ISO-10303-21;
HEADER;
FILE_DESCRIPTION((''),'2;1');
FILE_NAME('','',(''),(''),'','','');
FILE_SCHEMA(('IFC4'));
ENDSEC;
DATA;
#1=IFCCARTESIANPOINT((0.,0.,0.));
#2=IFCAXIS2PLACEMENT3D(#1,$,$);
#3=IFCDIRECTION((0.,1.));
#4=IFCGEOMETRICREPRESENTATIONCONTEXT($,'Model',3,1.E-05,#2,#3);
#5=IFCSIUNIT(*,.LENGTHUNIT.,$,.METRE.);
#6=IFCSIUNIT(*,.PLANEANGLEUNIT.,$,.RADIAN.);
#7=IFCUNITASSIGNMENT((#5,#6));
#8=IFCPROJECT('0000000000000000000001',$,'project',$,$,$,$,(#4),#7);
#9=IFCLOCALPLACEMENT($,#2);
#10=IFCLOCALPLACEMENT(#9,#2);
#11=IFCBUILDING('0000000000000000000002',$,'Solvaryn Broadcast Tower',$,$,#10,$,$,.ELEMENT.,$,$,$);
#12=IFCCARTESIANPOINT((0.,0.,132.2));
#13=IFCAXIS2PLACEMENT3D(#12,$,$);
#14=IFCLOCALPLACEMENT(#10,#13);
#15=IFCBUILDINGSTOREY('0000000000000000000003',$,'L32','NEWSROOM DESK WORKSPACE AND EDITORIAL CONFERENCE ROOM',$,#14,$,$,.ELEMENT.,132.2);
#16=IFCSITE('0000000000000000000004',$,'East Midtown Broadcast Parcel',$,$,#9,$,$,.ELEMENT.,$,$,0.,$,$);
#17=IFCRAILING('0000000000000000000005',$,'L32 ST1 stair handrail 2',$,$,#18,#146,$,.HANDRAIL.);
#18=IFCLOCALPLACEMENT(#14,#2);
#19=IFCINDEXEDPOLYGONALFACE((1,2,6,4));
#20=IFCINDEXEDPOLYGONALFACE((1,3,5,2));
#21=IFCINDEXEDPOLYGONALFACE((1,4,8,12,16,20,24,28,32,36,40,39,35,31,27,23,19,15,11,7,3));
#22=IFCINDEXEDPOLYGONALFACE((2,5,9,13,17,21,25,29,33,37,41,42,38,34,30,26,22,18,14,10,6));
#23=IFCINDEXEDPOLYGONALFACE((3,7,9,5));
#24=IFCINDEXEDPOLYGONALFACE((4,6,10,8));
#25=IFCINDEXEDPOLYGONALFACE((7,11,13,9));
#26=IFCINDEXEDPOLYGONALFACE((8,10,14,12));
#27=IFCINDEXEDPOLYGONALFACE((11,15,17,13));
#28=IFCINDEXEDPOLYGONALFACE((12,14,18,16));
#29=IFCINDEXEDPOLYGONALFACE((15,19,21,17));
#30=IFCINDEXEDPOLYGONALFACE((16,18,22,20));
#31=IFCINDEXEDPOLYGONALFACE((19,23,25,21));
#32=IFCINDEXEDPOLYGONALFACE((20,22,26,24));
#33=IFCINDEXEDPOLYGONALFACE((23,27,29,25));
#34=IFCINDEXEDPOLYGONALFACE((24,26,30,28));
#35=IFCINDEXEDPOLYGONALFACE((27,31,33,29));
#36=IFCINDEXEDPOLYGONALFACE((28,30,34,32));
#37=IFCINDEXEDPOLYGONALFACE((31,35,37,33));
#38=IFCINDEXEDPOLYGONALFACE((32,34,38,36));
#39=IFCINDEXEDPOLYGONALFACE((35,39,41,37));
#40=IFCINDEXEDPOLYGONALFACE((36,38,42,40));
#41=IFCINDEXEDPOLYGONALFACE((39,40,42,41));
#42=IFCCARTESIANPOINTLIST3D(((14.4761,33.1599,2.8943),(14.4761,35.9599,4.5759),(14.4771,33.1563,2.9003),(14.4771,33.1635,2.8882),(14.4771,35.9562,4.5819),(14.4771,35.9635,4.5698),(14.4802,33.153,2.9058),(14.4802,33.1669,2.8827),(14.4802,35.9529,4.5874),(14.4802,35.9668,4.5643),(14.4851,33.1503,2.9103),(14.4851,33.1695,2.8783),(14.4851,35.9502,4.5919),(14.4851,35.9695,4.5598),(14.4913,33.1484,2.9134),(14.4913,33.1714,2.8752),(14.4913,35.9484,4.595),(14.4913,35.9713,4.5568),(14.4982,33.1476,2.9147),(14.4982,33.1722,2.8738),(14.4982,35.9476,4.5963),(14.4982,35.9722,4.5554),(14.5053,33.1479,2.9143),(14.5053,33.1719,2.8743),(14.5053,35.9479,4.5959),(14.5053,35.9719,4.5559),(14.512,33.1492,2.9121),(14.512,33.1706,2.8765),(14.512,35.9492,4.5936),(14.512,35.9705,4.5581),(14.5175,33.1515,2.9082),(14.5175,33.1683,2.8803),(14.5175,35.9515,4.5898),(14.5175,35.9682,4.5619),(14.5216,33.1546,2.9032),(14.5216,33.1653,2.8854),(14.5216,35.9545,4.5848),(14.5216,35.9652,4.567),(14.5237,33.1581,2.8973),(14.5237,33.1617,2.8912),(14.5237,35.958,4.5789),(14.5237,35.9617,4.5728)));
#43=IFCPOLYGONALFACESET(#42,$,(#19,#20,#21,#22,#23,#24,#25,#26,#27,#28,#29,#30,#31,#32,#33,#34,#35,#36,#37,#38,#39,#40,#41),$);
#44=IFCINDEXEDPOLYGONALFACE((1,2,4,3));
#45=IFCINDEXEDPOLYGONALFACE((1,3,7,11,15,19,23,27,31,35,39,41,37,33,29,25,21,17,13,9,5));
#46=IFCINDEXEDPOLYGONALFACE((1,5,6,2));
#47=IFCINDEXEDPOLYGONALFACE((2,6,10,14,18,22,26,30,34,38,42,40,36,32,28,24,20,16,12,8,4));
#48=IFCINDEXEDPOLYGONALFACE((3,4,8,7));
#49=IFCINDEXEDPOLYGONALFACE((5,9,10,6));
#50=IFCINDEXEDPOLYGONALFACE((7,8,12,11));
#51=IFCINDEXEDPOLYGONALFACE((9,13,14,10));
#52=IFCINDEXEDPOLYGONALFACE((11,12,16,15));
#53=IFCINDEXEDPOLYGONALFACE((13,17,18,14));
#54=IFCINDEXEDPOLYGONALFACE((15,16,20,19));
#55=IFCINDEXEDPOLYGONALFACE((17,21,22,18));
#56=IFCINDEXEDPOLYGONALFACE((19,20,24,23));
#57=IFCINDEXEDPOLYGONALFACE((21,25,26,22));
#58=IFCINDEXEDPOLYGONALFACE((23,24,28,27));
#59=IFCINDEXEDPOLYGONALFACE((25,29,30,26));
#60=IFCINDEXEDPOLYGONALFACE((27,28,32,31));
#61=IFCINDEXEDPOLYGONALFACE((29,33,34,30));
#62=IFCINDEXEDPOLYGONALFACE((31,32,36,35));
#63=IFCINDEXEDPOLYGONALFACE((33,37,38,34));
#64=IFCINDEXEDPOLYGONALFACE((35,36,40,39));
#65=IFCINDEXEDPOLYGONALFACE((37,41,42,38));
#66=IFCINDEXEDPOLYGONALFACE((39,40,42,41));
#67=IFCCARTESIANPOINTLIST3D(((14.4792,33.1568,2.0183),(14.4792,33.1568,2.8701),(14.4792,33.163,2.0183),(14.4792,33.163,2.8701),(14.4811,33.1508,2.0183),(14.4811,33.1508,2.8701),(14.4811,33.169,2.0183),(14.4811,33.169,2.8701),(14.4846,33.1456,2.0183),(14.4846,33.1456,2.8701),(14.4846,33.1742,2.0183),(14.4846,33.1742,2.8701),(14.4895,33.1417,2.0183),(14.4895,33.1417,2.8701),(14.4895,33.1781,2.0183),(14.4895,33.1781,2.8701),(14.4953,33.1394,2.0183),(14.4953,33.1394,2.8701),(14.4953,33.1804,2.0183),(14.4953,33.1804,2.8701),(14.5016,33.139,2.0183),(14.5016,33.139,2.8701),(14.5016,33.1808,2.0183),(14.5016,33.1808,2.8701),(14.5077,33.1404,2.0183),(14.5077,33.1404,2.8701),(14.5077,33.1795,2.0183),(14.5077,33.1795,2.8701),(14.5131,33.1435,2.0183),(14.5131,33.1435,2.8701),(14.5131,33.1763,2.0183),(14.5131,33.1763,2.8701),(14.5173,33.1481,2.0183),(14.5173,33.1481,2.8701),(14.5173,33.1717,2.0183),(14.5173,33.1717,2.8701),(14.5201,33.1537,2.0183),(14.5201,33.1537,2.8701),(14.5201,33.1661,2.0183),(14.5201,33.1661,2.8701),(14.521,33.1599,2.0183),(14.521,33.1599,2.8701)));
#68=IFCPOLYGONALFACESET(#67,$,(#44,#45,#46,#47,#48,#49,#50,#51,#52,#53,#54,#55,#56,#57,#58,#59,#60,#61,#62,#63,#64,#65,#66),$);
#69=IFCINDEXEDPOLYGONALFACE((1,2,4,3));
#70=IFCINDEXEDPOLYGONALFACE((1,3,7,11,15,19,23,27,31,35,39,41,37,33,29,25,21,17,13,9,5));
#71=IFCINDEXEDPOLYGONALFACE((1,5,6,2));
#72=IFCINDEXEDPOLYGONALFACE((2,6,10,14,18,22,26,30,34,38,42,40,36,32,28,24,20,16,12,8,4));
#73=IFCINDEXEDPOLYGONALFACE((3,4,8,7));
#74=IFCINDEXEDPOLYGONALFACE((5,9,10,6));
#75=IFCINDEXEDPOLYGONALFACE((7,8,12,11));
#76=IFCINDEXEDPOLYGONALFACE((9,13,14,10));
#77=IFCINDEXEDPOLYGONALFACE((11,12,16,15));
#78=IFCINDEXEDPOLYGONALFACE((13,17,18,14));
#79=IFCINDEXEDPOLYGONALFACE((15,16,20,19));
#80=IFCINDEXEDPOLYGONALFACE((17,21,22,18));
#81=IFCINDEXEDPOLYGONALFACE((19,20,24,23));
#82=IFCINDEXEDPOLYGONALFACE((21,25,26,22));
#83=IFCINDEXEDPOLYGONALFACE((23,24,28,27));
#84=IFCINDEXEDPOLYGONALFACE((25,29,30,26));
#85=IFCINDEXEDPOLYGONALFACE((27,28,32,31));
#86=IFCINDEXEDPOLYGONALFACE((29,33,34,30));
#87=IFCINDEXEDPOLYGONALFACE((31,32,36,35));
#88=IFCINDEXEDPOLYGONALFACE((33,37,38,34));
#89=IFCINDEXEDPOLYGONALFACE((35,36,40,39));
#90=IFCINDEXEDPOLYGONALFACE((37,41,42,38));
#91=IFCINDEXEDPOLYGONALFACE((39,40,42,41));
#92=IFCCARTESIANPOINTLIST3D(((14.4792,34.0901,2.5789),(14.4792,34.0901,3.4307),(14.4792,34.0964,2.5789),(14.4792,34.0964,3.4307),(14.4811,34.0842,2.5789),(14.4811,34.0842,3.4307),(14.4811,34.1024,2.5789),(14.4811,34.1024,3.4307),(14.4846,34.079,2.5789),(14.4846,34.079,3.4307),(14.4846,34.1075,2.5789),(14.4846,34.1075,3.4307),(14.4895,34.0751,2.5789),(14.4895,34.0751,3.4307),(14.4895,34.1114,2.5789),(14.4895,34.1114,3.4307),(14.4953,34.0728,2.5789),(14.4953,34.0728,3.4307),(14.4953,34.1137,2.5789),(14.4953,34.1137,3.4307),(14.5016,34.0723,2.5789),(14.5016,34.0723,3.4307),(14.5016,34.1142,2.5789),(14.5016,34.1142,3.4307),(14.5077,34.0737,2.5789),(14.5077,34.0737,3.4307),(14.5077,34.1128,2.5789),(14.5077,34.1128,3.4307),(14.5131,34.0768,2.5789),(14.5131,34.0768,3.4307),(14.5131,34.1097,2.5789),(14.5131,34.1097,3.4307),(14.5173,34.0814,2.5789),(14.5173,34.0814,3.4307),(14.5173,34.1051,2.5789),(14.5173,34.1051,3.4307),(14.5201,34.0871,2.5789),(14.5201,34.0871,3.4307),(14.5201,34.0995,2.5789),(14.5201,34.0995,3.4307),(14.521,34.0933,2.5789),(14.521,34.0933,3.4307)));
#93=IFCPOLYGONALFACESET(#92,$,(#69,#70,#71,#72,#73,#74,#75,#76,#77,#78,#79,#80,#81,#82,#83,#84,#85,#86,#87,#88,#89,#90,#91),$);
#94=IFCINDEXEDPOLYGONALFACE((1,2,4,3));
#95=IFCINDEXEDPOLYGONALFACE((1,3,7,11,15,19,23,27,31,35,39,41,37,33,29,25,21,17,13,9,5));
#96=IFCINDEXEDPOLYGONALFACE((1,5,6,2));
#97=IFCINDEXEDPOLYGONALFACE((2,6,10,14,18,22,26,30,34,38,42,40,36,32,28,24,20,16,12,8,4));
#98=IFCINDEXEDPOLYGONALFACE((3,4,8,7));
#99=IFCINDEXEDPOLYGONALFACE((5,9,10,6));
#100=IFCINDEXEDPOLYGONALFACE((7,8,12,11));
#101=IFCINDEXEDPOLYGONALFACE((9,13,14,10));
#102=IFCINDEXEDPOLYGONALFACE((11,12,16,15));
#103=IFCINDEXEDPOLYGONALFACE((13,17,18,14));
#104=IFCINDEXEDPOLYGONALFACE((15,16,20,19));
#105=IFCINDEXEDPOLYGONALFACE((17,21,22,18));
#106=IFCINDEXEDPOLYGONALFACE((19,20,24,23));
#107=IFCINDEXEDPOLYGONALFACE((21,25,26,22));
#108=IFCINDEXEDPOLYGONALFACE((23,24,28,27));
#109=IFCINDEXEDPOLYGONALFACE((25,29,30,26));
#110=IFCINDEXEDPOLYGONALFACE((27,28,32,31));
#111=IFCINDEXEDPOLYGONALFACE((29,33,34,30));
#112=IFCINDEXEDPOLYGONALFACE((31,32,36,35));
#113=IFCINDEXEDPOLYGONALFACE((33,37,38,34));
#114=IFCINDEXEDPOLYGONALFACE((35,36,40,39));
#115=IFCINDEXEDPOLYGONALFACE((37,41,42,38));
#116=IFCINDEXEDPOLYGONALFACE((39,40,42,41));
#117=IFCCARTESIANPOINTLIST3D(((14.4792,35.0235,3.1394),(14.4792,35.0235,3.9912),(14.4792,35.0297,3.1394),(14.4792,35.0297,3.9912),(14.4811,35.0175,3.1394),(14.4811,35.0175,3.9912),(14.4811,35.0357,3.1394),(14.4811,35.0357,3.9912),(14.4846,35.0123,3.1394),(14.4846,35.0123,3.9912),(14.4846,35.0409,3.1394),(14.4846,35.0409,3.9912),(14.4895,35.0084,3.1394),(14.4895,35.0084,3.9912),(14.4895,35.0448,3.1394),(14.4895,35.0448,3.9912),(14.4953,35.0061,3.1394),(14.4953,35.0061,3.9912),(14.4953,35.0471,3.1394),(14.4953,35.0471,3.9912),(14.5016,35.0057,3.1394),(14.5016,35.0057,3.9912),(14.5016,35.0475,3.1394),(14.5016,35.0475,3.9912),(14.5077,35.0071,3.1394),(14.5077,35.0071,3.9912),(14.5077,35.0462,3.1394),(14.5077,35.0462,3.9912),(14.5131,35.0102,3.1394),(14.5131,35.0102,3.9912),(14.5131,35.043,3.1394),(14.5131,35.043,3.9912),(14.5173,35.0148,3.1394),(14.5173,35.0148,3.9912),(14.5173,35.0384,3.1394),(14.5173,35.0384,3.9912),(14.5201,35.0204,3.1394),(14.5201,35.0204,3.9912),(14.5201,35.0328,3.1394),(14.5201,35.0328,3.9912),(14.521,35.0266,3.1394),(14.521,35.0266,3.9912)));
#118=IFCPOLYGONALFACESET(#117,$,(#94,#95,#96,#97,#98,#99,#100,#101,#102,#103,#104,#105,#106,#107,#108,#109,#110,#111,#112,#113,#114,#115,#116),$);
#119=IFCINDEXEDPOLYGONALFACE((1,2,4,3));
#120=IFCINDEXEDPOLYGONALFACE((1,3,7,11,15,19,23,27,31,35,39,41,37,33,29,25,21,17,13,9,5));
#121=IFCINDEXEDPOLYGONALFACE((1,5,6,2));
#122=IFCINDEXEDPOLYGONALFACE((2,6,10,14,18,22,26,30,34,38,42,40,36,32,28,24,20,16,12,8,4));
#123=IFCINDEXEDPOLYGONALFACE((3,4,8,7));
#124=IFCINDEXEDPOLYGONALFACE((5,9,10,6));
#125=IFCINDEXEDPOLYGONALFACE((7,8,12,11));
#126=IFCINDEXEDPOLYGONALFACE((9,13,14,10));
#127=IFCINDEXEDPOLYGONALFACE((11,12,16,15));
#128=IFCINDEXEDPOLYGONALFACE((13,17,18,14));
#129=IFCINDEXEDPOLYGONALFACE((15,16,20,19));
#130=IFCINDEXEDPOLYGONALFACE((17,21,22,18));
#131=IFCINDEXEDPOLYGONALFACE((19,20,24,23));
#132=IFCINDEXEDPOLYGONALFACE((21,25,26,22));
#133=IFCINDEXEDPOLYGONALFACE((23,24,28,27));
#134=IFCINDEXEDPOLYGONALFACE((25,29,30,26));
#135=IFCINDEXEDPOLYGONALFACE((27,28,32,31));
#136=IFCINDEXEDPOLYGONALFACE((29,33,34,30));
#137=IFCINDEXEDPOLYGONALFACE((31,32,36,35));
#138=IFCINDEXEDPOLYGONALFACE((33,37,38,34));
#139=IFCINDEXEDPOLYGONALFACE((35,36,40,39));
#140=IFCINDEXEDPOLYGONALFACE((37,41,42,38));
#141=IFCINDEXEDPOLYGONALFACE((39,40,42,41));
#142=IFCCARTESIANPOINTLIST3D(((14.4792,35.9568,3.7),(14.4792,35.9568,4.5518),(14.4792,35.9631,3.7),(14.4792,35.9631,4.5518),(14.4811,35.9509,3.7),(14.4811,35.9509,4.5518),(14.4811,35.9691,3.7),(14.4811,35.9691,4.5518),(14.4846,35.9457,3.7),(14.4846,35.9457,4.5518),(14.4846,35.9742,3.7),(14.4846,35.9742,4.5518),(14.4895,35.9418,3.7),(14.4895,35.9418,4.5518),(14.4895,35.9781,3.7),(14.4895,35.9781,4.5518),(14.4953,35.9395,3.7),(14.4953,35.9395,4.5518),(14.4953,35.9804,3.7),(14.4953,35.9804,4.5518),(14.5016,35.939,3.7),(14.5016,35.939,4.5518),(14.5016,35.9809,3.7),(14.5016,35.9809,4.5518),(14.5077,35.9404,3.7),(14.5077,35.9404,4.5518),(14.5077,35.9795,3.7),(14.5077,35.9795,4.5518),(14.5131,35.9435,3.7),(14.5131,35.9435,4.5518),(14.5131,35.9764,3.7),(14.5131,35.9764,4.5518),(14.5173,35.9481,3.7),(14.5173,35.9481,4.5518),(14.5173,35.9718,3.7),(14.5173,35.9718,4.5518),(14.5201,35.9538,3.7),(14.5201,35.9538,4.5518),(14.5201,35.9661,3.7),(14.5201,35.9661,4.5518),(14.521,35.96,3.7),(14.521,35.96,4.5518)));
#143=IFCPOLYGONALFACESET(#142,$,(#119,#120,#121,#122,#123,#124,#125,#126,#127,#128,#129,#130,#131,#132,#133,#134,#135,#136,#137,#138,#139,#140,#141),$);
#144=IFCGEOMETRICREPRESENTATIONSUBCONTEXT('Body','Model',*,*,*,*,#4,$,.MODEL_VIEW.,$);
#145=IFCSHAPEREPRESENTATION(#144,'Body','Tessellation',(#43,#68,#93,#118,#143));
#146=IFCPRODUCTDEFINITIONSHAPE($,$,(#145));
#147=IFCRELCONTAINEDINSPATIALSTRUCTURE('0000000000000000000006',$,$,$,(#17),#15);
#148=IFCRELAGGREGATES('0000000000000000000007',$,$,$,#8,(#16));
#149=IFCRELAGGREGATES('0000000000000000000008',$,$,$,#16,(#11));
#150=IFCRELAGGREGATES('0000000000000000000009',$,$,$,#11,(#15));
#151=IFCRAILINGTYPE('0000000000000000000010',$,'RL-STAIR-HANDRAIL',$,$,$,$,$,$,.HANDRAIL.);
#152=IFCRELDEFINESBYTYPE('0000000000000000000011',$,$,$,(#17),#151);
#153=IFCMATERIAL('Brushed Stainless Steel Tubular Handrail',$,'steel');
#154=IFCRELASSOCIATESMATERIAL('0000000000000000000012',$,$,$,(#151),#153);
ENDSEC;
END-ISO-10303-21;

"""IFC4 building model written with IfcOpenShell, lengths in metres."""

from ifc_helpers import new_model, si_unit, direction, frame, origin, origin_2d, place, context, subcontext, project, spatial, circle, extrude, material, type_object, element, save


model = new_model("IFC4")

# Units and contexts
model_context = context("Model", 3, precision=1e-05, world=origin(), true_north=direction((0.0, 1.0)))
body_context = subcontext(model_context, "Body", "Model", "MODEL_VIEW")
ifc_project = project(units=[si_unit("LENGTHUNIT", "METRE"), si_unit("PLANEANGLEUNIT", "RADIAN")], contexts=[model_context])

# Site, building, storey
site_placement = place(None, origin())
site = spatial("IfcSite", under=ifc_project, at=site_placement, Name="East Midtown Broadcast Parcel", CompositionType="ELEMENT", RefElevation=0.0)
building_placement = place(site_placement, origin())
building = spatial("IfcBuilding", under=site, at=building_placement, Name="Solvaryn Broadcast Tower", CompositionType="ELEMENT")
storey_placement = place(building_placement, frame((0.0, 0.0, 132.2)))
storey = spatial("IfcBuildingStorey", under=building, at=storey_placement, Name="L32", Description="NEWSROOM DESK WORKSPACE AND EDITORIAL CONFERENCE ROOM", CompositionType="ELEMENT", Elevation=132.2)

# Railing
ifc_material_1 = material(Name="Brushed Stainless Steel Tubular Handrail", Category="steel")
railing_type_1 = type_object("IfcRailingType", Name="RL-STAIR-HANDRAIL", PredefinedType="HANDRAIL", material=ifc_material_1)
railing_1_placement = place(storey_placement, frame((14.5, 33.1599, 2.0183)))
element("IfcRailing", 1, at=railing_1_placement, inside=storey, type_object=railing_type_1, Name="L32 ST1 stair handrail 2", PredefinedType="HANDRAIL", context=body_context, shape_type="SweptSolid", body=[
    extrude(circle(Radius=0.0239, at=origin_2d()), frame((0.0, 0.0, 0.876), z_axis=(0.0, 0.857275, 0.514858), x_axis=(-1.0, 0.0, 0.0)), (0.0, 0.0, 1.0), 3.2661),
    extrude(circle(Radius=0.021, at=origin_2d()), origin(), (0.0, 0.0, 1.0), 0.8518),
    extrude(circle(Radius=0.021, at=origin_2d()), frame((0.0, 0.9333, 0.5605)), (0.0, 0.0, 1.0), 0.8518),
    extrude(circle(Radius=0.021, at=origin_2d()), frame((0.0, 1.8667, 1.1211)), (0.0, 0.0, 1.0), 0.8518),
    extrude(circle(Radius=0.021, at=origin_2d()), frame((0.0, 2.8, 1.6816)), (0.0, 0.0, 1.0), 0.8518),
])

save(model, "model.ifc")
